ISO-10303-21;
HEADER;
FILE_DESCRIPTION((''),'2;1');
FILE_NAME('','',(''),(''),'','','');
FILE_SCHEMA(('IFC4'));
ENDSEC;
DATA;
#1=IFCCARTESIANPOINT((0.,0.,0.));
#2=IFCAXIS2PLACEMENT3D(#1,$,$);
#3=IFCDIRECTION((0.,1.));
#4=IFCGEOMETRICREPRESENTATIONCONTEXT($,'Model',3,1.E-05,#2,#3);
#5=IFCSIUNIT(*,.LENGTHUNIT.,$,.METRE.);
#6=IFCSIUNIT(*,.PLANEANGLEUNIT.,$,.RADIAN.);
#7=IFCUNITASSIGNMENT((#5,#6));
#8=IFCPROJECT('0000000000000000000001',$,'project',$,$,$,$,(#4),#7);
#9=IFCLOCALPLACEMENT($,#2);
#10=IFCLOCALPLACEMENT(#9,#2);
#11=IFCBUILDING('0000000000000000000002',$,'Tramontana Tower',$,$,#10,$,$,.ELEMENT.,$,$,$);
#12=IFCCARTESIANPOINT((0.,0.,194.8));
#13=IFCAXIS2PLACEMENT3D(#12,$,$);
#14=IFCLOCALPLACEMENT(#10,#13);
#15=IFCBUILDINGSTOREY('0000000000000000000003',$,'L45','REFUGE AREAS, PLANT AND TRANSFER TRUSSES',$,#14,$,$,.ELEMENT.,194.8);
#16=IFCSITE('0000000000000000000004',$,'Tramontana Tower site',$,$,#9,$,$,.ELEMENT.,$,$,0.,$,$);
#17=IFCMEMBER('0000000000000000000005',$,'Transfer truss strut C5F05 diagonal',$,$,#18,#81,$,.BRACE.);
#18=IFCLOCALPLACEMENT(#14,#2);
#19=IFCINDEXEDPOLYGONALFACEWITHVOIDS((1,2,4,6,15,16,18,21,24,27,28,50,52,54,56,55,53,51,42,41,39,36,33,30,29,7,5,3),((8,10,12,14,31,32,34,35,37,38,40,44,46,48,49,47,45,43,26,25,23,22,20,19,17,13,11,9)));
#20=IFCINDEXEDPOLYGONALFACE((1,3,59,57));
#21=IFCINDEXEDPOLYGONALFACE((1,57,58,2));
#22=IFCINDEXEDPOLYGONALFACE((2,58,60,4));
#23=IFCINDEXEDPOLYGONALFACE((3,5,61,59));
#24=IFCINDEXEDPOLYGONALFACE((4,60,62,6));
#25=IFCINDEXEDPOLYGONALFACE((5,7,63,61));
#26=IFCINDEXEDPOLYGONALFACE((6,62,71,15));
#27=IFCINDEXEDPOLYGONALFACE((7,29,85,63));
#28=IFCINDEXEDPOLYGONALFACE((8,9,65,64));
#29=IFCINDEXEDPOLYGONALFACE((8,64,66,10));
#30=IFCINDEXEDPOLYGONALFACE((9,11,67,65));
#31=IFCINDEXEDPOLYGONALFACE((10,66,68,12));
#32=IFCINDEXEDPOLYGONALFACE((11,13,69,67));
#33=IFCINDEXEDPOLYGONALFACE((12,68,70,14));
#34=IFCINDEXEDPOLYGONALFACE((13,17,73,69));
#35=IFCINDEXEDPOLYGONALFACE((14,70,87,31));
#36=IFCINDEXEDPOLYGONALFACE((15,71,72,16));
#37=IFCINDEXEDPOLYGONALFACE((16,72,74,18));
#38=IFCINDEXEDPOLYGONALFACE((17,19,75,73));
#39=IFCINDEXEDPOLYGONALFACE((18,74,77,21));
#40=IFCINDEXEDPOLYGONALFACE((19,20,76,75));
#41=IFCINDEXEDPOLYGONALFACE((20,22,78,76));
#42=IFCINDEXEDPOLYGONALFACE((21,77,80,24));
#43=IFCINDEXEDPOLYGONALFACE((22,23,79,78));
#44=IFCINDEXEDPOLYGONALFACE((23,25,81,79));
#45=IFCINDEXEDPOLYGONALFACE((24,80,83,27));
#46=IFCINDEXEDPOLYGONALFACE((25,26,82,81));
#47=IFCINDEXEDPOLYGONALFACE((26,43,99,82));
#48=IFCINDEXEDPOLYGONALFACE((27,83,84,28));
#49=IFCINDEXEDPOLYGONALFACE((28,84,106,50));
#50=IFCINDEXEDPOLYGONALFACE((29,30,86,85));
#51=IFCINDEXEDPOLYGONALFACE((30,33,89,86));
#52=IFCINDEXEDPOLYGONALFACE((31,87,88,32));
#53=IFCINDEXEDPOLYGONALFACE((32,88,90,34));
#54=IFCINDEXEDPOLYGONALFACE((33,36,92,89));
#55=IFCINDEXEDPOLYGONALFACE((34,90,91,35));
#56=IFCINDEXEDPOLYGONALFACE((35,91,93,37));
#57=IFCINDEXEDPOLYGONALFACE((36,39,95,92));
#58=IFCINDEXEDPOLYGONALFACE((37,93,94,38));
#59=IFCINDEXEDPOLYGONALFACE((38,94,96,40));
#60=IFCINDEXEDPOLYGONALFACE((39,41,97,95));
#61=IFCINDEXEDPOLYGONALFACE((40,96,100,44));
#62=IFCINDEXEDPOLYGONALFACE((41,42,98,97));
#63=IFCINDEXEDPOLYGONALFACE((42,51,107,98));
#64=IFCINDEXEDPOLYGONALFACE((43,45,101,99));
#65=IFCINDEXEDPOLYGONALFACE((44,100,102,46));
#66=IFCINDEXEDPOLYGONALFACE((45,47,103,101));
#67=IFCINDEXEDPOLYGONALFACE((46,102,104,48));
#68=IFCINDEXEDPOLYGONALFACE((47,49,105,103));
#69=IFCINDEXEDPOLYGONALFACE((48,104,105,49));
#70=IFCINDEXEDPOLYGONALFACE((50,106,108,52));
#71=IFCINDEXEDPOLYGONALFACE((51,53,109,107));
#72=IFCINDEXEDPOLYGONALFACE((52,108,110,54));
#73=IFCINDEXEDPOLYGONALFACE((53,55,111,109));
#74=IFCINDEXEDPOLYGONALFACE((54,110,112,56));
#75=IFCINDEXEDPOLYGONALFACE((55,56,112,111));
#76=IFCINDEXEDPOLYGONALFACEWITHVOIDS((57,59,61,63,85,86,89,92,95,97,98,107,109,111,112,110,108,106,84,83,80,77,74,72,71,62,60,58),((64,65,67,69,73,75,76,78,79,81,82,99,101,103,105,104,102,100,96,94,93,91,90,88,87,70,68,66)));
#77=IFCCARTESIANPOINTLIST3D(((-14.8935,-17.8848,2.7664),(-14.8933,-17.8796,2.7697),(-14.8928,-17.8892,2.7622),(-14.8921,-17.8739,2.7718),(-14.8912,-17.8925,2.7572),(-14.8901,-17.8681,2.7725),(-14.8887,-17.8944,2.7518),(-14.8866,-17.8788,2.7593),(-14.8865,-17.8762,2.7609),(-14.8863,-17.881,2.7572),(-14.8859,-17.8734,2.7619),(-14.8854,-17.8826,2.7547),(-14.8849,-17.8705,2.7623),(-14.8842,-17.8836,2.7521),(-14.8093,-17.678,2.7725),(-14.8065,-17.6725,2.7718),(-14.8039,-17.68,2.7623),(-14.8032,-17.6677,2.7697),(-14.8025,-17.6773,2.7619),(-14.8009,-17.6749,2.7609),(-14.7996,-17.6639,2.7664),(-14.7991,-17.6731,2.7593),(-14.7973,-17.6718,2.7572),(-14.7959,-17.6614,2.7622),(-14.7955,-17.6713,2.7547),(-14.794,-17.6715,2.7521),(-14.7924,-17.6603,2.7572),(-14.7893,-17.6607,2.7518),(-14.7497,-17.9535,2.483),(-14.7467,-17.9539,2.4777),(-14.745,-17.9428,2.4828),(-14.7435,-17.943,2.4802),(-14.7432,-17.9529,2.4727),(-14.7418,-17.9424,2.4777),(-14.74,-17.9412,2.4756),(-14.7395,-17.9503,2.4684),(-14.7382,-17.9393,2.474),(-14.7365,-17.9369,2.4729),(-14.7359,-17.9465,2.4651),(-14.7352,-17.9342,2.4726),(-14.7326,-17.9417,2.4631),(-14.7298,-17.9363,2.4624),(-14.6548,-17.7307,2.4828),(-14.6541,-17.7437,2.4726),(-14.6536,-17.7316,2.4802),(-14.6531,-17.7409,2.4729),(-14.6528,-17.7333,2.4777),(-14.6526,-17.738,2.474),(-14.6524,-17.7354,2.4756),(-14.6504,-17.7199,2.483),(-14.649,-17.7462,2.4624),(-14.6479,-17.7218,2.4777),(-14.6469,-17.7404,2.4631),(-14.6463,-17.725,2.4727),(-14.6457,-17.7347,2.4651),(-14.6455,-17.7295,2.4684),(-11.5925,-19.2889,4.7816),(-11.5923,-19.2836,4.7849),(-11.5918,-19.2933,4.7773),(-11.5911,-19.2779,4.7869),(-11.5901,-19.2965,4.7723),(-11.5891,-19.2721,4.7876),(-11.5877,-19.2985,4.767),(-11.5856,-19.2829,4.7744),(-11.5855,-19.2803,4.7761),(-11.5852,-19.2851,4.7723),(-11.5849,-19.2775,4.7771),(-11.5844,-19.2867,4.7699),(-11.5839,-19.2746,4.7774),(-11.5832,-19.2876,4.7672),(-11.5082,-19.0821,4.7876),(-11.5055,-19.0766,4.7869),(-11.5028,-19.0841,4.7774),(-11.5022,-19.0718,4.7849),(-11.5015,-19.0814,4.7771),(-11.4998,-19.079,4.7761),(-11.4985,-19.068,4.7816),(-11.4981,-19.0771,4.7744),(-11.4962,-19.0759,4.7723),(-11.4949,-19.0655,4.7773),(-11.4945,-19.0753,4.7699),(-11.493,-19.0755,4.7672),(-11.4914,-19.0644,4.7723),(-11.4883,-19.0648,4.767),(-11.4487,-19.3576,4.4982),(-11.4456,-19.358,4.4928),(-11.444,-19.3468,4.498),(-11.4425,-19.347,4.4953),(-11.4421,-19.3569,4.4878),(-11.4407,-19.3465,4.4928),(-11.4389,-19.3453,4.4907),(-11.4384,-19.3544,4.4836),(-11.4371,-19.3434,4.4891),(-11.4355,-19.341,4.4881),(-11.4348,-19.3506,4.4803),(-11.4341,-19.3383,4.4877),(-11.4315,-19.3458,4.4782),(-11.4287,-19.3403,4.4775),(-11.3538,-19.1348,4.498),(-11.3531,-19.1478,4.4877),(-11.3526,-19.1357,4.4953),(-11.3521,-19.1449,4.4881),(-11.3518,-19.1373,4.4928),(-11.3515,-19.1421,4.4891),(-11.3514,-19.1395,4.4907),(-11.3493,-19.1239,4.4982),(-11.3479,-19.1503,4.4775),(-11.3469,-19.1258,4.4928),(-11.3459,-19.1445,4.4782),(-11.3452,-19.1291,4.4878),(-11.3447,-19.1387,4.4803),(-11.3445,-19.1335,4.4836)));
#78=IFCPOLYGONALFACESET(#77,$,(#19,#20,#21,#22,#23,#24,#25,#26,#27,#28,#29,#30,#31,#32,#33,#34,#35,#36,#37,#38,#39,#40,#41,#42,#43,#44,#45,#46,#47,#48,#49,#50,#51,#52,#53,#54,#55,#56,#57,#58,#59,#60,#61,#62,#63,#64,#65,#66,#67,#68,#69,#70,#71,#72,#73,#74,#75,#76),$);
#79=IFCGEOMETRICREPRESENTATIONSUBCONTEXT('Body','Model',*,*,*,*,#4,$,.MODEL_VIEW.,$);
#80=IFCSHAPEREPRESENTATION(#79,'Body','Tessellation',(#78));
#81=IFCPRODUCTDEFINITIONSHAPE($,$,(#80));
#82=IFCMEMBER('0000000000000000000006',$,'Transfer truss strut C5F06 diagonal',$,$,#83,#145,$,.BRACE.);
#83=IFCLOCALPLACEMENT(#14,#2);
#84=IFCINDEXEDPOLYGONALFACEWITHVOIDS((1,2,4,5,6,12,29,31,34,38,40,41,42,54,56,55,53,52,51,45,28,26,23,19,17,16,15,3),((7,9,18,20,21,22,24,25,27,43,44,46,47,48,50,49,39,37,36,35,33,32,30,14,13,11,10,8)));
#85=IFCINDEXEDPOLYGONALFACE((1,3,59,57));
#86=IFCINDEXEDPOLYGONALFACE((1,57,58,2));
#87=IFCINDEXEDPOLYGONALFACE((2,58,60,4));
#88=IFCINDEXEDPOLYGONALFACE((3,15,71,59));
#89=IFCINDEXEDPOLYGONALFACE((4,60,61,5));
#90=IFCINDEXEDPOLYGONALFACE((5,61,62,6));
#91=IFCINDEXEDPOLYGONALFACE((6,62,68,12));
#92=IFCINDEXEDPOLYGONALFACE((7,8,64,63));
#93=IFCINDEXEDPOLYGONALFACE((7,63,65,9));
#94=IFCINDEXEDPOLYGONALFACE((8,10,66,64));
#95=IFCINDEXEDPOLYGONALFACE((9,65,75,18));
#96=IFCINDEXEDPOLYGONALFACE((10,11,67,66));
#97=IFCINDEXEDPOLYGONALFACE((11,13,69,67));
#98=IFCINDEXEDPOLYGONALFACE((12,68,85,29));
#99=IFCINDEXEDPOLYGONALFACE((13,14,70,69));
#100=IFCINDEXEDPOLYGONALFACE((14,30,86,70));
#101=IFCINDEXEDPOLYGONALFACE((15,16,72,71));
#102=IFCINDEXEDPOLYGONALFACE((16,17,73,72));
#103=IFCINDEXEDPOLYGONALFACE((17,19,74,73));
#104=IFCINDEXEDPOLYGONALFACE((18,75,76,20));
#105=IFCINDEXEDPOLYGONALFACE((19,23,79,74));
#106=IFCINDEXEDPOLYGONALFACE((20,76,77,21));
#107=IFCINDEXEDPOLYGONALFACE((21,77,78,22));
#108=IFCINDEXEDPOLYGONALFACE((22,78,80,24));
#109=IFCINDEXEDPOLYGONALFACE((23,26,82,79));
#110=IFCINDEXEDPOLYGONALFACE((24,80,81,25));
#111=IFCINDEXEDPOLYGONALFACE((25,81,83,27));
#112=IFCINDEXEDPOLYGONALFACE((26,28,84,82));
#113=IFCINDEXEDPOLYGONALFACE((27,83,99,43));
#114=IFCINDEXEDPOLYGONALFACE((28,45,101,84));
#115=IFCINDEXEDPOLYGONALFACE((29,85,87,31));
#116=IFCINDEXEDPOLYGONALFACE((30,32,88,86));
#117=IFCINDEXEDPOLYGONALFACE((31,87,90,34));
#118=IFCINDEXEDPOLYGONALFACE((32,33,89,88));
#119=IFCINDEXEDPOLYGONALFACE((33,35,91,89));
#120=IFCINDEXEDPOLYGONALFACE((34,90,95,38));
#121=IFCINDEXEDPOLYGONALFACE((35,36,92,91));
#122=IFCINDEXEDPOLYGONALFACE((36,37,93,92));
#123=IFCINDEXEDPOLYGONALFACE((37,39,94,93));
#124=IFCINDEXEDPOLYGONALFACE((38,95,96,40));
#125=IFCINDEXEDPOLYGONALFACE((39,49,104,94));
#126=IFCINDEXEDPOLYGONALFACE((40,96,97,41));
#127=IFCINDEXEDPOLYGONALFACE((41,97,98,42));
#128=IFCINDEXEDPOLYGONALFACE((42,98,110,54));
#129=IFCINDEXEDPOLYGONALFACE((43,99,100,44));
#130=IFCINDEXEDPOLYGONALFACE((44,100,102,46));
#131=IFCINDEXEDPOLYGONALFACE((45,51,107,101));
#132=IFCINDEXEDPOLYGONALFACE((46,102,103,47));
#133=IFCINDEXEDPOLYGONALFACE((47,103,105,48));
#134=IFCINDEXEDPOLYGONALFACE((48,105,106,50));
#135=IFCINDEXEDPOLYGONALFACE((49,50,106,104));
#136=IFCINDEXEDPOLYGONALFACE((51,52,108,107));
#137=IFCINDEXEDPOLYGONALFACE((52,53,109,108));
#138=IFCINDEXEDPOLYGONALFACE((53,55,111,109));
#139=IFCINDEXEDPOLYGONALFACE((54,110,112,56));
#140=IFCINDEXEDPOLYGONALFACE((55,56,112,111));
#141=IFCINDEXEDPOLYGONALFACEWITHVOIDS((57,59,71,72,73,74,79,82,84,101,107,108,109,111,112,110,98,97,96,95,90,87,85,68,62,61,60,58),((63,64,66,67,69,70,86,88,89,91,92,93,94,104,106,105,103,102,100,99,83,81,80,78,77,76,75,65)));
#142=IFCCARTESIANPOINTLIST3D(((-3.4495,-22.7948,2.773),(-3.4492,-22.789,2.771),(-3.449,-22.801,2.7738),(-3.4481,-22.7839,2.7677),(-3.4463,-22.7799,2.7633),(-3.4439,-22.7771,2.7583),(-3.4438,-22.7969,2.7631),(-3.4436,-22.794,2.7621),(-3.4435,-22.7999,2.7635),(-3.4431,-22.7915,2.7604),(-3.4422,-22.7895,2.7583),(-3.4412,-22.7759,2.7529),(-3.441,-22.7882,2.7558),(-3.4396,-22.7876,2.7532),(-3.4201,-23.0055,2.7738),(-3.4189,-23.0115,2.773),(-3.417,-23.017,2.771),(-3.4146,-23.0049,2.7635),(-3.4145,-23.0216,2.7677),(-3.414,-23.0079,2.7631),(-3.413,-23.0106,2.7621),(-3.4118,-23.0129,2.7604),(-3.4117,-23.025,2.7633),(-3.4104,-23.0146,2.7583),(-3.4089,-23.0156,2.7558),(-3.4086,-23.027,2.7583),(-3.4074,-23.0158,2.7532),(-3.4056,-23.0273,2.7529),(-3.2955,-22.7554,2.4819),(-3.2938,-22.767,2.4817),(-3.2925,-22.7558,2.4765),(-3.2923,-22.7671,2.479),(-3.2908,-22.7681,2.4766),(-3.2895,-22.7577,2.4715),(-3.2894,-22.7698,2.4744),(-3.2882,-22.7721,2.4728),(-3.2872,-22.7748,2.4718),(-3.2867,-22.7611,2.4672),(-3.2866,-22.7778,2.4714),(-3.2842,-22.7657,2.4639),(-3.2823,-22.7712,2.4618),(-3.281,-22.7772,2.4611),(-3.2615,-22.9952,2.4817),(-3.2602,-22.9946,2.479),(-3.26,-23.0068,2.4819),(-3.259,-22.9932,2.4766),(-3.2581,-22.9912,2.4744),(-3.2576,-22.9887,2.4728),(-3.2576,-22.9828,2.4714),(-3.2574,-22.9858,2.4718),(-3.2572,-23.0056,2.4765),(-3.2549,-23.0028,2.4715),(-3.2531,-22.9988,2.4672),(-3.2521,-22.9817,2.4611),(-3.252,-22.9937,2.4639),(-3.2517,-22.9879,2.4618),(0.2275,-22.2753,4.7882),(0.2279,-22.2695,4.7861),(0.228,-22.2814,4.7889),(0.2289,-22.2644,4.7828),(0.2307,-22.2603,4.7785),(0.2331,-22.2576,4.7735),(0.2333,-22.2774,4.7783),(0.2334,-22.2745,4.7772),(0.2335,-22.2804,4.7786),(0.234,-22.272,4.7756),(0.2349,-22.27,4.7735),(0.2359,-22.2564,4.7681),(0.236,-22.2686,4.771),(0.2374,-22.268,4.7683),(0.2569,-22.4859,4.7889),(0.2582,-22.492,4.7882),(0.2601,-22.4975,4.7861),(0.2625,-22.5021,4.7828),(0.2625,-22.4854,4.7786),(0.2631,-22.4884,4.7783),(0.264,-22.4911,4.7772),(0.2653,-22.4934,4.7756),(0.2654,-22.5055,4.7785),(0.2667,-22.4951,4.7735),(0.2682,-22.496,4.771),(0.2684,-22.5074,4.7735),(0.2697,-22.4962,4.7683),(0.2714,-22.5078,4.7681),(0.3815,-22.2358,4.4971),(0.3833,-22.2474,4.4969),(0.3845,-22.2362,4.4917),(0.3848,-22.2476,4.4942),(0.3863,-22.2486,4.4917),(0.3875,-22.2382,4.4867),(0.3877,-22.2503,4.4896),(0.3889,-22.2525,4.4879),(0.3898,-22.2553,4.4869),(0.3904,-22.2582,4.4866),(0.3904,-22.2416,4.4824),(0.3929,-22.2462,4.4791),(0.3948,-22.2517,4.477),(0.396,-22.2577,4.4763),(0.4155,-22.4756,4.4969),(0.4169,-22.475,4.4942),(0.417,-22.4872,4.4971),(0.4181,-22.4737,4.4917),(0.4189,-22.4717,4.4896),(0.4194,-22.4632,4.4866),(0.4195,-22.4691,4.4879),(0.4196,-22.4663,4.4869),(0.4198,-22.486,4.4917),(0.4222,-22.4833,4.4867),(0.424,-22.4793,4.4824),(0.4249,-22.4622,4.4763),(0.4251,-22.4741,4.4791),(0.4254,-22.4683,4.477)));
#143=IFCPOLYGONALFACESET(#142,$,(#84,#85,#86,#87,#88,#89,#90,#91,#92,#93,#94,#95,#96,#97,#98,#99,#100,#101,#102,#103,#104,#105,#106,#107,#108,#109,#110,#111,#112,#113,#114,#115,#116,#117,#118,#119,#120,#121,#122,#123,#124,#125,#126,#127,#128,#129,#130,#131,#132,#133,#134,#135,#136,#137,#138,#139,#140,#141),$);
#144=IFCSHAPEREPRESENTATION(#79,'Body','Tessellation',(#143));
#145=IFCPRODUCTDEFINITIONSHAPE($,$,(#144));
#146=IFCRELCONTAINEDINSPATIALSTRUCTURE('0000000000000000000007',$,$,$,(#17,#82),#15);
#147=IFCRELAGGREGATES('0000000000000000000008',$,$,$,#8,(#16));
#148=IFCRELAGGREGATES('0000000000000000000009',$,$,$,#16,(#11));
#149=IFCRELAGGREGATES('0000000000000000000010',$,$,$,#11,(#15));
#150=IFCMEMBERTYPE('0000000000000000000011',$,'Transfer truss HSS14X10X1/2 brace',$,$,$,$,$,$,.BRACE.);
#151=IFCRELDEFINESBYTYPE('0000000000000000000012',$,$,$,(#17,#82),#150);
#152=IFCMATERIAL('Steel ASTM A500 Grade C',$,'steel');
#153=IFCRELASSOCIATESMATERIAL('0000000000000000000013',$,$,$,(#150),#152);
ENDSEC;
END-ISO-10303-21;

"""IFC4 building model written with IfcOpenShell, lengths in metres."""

from ifc_helpers import new_model, si_unit, direction, frame, origin, origin_2d, place, context, subcontext, project, spatial, hollow_rectangle, extrude, material, material_profile, profile_set, type_object, element, save


model = new_model("IFC4")

# Units and contexts
model_context = context("Model", 3, precision=1e-05, world=origin(), true_north=direction((0.0, 1.0)))
body_context = subcontext(model_context, "Body", "Model", "MODEL_VIEW")
ifc_project = project(units=[si_unit("LENGTHUNIT", "METRE"), si_unit("PLANEANGLEUNIT", "RADIAN")], contexts=[model_context])

# Site, building, storey
site_placement = place(None, origin())
site = spatial("IfcSite", under=ifc_project, at=site_placement, Name="Tramontana Tower site", CompositionType="ELEMENT", RefElevation=0.0)
building_placement = place(site_placement, origin())
building = spatial("IfcBuilding", under=site, at=building_placement, Name="Tramontana Tower", CompositionType="ELEMENT")
storey_placement = place(building_placement, frame((0.0, 0.0, 194.8)))
storey = spatial("IfcBuildingStorey", under=building, at=storey_placement, Name="L45", Description="REFUGE AREAS, PLANT AND TRANSFER TRUSSES", CompositionType="ELEMENT", Elevation=194.8)

# Members
ifc_material_1 = material(Name="Steel ASTM A500 Grade C", Category="steel")
ifc_material_profile_1 = material_profile(ifc_material_1, hollow_rectangle(XDim=0.2539, YDim=0.3557, WallThickness=0.0117, InnerFilletRadius=0.0117, OuterFilletRadius=0.0237, at=origin_2d()), Name="HSS14X10X1/2")
ifc_profile_set_1 = profile_set([ifc_material_profile_1], Name="Steel ASTM A500 Grade C")
member_type_1 = type_object("IfcMemberType", Name="Transfer truss HSS14X10X1/2 brace", PredefinedType="BRACE", material=ifc_profile_set_1)
member_1_placement = place(storey_placement, frame((-14.7695, -17.8071, 2.6174), z_axis=(0.802296, -0.341247, 0.489768), x_axis=(0.391404, 0.920219, 0.0)))
element("IfcMember", 1, at=member_1_placement, inside=storey, type_object=member_type_1, Name="Transfer truss strut C5F05 diagonal", PredefinedType="BRACE", context=body_context, shape_type="SweptSolid", body=[
    extrude(hollow_rectangle(XDim=0.2539, YDim=0.3557, WallThickness=0.0117, InnerFilletRadius=0.0117, OuterFilletRadius=0.0237, at=origin_2d()), origin(), (0.0, 0.0, 1.0), 4.1145),
])
member_2_placement = place(storey_placement, frame((-3.3506, -22.8914, 2.6174), z_axis=(0.870286, 0.122965, 0.47695), x_axis=(-0.139903, 0.990165, 0.0)))
element("IfcMember", 2, at=member_2_placement, inside=storey, type_object=member_type_1, Name="Transfer truss strut C5F06 diagonal", PredefinedType="BRACE", context=body_context, shape_type="SweptSolid", body=[
    extrude(hollow_rectangle(XDim=0.2539, YDim=0.3557, WallThickness=0.0117, InnerFilletRadius=0.0117, OuterFilletRadius=0.0237, at=origin_2d()), origin(), (0.0, 0.0, 1.0), 4.2251),
])

save(model, "model.ifc")
